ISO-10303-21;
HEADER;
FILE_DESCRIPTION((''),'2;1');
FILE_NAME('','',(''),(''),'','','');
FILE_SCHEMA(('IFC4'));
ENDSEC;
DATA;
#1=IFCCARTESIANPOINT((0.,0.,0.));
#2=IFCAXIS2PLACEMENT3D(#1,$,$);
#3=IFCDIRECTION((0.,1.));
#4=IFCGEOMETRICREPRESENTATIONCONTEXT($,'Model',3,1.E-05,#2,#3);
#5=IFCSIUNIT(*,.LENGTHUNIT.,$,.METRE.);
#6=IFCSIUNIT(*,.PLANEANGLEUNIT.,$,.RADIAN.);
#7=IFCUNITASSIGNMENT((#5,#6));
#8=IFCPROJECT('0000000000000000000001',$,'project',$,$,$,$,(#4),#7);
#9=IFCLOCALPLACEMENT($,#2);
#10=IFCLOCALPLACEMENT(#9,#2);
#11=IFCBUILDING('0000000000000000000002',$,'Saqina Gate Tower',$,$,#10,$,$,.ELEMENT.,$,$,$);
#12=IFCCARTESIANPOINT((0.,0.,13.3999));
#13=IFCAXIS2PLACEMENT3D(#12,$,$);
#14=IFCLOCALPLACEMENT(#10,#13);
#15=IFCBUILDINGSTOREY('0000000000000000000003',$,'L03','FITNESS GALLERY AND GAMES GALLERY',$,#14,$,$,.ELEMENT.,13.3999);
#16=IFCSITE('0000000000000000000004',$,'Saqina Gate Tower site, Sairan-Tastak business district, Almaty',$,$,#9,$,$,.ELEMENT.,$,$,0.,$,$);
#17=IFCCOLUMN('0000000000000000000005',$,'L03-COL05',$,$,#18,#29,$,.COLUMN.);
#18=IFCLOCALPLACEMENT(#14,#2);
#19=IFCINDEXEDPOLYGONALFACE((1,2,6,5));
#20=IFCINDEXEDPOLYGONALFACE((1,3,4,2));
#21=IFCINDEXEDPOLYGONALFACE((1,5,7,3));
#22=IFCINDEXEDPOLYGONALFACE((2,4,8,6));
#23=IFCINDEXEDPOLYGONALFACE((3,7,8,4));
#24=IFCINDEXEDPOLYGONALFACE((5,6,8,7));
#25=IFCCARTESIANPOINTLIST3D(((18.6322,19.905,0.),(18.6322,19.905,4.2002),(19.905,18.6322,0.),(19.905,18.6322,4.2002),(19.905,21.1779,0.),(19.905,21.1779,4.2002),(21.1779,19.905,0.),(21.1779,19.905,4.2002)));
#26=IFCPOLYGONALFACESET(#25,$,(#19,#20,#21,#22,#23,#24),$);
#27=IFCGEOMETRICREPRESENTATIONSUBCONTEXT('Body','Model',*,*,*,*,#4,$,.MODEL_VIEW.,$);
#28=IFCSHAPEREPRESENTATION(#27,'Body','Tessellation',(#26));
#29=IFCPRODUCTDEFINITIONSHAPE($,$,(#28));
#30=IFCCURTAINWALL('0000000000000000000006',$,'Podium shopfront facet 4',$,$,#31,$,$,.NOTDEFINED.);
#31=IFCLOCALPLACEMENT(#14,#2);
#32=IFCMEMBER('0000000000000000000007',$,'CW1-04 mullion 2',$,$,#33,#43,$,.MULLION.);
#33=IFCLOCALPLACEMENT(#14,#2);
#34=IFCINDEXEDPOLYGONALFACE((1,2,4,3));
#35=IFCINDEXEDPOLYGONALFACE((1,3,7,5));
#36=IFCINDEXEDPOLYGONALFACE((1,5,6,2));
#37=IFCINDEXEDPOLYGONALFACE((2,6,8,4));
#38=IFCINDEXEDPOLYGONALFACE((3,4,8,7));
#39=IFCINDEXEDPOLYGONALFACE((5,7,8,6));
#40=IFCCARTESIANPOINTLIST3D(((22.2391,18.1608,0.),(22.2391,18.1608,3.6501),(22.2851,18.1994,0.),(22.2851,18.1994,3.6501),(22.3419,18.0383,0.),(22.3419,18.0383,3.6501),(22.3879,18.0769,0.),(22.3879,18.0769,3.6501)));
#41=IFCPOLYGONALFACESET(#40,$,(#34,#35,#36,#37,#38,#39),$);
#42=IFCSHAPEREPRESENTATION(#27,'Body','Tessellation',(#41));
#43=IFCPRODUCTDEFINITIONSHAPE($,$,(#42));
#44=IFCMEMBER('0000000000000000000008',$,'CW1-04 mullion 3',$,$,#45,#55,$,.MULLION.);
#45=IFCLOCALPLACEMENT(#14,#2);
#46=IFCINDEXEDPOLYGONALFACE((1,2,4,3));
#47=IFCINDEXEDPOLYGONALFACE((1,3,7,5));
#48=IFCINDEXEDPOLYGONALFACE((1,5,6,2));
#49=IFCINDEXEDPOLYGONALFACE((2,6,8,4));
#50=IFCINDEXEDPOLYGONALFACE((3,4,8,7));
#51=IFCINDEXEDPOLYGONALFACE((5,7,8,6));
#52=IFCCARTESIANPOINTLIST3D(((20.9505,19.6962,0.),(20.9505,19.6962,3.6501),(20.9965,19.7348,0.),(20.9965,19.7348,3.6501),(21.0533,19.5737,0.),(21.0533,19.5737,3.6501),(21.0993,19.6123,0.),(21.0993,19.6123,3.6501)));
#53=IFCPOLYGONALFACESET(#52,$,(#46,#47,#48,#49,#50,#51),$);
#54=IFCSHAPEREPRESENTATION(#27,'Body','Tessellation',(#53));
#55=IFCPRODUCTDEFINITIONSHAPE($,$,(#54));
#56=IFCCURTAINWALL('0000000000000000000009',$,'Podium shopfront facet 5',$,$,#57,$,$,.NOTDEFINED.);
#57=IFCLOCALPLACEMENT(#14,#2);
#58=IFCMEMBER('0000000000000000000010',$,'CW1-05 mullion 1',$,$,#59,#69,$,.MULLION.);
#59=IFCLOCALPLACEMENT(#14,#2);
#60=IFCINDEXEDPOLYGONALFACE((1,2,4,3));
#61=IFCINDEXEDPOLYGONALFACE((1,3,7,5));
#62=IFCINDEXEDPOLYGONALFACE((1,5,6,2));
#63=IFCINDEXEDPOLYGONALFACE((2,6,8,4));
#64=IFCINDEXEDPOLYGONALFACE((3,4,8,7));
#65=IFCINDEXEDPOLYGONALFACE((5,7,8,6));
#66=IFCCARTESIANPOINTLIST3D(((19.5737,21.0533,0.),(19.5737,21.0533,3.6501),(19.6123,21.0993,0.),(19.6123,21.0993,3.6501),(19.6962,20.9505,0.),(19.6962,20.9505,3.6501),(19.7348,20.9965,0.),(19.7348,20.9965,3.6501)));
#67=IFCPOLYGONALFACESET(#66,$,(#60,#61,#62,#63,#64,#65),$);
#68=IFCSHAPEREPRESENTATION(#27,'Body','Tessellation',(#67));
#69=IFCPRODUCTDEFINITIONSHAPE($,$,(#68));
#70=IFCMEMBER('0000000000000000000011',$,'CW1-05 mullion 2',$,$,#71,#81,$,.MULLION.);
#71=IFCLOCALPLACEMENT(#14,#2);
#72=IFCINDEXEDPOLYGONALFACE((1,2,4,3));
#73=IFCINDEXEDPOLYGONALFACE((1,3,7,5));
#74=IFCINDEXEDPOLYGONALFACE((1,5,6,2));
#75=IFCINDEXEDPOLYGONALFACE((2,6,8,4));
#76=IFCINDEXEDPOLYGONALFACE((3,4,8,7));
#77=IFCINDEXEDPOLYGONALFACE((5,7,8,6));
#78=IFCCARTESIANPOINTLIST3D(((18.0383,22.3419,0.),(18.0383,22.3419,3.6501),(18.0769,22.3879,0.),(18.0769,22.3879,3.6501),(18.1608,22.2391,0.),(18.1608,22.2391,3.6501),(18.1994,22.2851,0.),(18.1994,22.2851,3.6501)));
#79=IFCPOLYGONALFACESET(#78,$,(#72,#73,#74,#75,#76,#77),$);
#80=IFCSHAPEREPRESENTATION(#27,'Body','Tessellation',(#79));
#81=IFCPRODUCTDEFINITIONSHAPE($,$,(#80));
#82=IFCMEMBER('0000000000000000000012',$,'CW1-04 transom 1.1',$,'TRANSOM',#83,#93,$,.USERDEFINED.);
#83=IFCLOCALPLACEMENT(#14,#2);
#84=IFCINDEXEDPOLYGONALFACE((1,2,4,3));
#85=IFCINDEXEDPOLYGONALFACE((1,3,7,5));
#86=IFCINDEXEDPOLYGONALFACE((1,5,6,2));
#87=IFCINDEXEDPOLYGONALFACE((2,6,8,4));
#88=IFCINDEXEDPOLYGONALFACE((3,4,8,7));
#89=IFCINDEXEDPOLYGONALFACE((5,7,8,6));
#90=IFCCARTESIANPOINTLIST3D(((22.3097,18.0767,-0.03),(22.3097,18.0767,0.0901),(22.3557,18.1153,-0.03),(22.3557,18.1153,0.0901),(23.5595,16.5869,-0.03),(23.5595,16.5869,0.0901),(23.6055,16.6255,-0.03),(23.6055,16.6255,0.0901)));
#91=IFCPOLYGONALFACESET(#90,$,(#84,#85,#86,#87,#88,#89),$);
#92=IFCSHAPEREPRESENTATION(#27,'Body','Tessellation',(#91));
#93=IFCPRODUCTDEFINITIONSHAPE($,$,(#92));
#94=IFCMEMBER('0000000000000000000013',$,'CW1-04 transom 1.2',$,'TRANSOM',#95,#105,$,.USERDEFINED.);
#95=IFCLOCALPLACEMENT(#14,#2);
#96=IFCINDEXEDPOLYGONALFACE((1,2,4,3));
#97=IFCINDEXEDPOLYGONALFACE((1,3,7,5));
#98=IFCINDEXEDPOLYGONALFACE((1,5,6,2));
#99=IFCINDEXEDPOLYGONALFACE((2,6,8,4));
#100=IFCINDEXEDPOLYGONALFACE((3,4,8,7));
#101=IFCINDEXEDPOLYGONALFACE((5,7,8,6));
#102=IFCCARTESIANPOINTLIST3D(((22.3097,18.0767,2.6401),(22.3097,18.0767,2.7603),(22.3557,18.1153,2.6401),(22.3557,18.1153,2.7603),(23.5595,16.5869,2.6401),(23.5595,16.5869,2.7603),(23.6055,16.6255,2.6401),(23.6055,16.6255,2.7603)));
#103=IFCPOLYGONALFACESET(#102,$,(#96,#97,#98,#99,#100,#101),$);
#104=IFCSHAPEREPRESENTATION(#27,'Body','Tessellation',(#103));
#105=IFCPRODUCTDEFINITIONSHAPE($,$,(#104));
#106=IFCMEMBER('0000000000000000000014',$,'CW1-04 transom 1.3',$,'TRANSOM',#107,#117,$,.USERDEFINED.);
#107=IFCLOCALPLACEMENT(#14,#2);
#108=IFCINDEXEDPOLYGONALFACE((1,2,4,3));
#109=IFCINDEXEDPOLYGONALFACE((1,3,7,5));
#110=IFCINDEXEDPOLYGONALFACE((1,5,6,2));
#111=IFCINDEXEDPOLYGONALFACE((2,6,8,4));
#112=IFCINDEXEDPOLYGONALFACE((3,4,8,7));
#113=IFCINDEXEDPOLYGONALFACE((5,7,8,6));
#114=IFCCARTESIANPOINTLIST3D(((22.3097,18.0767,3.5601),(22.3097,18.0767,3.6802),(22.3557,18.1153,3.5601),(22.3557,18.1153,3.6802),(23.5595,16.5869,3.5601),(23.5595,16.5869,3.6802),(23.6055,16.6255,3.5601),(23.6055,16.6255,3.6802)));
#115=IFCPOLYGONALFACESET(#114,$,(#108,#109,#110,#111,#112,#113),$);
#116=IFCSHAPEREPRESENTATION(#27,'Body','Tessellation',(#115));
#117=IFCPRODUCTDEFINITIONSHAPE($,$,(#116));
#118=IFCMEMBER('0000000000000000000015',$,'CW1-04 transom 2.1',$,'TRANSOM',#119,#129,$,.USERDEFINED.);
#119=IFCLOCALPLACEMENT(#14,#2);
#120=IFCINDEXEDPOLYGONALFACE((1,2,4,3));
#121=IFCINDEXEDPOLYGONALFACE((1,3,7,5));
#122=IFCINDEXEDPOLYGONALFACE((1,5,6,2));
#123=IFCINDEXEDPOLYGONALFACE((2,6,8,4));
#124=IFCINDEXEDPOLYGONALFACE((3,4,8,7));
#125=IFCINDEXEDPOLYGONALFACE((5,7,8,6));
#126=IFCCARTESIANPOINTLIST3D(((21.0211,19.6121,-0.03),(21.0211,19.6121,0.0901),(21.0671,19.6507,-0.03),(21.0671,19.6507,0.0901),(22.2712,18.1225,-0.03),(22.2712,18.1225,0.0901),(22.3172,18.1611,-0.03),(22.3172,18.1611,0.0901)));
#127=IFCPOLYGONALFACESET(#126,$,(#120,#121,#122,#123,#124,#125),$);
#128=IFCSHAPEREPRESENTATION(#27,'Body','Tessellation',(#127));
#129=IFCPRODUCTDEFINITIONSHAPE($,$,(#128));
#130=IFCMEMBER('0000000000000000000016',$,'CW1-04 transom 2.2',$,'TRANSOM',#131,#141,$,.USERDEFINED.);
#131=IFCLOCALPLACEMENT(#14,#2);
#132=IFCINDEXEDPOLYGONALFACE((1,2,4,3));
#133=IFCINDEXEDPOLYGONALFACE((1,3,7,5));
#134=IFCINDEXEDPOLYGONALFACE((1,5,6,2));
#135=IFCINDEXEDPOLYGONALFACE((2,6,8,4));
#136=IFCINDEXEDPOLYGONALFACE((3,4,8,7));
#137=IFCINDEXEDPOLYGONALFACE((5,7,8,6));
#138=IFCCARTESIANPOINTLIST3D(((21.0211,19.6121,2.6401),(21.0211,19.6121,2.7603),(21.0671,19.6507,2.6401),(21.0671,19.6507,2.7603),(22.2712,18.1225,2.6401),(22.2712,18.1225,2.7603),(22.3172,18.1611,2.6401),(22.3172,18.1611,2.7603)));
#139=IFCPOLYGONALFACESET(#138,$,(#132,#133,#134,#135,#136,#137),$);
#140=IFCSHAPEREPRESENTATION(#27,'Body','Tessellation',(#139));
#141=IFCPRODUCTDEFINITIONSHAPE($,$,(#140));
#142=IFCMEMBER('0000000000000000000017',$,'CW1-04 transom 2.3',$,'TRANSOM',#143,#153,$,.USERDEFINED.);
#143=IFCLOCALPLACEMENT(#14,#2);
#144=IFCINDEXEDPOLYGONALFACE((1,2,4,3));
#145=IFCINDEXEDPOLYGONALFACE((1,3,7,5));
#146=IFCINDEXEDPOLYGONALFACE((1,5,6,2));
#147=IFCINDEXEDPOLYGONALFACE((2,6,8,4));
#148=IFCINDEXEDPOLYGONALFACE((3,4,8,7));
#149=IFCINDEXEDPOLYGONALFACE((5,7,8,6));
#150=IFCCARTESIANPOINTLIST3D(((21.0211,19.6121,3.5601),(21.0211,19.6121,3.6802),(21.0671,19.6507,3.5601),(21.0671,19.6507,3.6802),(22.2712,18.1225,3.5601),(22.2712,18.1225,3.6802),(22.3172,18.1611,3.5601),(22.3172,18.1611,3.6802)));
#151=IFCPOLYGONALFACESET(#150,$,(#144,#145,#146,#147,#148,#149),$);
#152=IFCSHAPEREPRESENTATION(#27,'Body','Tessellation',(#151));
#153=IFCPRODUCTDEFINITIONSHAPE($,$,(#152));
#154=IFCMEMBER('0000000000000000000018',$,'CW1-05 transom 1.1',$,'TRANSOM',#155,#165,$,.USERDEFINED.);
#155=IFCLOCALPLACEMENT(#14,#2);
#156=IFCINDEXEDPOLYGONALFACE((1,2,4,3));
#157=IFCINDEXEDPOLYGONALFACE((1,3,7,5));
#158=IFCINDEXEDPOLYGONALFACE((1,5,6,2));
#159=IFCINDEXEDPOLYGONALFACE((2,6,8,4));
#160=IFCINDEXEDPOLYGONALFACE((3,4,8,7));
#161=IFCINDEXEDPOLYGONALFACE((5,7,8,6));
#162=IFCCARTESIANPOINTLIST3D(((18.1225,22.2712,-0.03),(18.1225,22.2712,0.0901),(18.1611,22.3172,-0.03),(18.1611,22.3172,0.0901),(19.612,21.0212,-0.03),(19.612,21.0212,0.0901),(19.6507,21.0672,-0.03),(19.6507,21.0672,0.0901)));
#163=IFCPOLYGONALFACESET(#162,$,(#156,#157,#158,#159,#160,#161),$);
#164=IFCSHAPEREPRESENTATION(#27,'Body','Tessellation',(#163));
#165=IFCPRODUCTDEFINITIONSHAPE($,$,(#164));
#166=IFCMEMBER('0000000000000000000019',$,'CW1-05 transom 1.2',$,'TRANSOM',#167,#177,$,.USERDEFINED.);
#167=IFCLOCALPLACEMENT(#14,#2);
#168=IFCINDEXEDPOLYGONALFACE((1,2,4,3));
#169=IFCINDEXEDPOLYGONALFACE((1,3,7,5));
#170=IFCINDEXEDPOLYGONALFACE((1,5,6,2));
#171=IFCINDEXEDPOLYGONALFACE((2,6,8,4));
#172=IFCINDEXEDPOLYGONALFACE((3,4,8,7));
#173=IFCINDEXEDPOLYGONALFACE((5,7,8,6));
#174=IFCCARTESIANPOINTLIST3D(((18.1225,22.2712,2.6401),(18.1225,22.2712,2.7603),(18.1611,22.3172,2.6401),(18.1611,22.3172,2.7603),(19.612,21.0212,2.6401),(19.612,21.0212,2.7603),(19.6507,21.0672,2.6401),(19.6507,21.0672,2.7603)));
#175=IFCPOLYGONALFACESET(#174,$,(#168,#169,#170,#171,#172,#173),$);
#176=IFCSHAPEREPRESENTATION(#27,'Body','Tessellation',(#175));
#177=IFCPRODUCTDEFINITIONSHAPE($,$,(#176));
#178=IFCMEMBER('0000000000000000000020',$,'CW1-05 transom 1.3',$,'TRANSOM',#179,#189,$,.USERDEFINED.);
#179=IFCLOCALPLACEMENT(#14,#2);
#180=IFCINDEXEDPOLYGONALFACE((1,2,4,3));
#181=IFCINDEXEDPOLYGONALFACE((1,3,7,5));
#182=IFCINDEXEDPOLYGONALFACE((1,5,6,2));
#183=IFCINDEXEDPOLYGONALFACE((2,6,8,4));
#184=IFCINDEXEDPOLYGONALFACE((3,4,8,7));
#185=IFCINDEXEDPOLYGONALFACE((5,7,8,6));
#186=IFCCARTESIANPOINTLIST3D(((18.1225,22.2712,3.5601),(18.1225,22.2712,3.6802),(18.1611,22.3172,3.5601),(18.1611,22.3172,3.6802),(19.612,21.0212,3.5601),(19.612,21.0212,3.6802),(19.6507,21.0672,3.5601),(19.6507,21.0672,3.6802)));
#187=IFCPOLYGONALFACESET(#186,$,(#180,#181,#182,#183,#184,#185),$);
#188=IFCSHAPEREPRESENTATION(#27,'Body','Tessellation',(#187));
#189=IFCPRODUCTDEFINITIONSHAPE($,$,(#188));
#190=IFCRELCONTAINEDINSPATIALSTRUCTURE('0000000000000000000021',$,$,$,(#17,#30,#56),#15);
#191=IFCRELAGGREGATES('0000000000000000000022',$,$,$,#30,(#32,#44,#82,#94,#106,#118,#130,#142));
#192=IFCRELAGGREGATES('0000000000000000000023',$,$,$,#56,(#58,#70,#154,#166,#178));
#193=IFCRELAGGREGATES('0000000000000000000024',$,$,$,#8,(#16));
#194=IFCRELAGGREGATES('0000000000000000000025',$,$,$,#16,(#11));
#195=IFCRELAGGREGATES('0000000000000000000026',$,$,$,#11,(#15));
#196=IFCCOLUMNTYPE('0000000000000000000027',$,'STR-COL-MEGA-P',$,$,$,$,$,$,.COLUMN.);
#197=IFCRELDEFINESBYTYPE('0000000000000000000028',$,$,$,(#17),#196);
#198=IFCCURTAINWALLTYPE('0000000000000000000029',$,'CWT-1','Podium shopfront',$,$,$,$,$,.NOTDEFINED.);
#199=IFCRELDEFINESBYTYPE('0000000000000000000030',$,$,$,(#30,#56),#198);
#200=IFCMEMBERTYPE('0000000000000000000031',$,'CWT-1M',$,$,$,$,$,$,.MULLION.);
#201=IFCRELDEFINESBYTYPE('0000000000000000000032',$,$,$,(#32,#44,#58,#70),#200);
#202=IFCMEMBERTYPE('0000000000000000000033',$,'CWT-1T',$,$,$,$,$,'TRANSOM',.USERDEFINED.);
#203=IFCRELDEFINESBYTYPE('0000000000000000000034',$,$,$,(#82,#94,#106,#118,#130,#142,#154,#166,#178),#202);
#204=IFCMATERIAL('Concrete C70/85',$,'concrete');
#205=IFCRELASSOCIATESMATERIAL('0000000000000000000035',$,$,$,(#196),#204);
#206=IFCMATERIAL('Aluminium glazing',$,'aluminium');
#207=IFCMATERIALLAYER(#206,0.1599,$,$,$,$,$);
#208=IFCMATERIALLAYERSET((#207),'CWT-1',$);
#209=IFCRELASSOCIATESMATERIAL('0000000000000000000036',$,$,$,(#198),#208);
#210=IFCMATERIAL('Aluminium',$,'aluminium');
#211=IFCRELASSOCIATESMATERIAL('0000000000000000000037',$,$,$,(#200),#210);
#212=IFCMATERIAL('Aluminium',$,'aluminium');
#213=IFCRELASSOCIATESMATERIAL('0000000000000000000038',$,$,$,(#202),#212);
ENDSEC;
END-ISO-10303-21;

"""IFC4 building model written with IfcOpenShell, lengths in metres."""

from ifc_helpers import new_model, si_unit, direction, frame, origin, origin_2d, place, context, subcontext, project, spatial, rectangle, extrude, material, layer, layer_set, material_profile, profile_set, type_object, element, aggregate, save


model = new_model("IFC4")

# Units and contexts
model_context = context("Model", 3, precision=1e-05, world=origin(), true_north=direction((0.0, 1.0)))
body_context = subcontext(model_context, "Body", "Model", "MODEL_VIEW")
ifc_project = project(units=[si_unit("LENGTHUNIT", "METRE"), si_unit("PLANEANGLEUNIT", "RADIAN")], contexts=[model_context])

# Site, building, storey
site_placement = place(None, origin())
site = spatial("IfcSite", under=ifc_project, at=site_placement, Name="Saqina Gate Tower site, Sairan-Tastak business district, Almaty", CompositionType="ELEMENT", RefElevation=0.0)
building_placement = place(site_placement, origin())
building = spatial("IfcBuilding", under=site, at=building_placement, Name="Saqina Gate Tower", CompositionType="ELEMENT")
storey_placement = place(building_placement, frame((0.0, 0.0, 13.3999)))
storey = spatial("IfcBuildingStorey", under=building, at=storey_placement, Name="L03", Description="FITNESS GALLERY AND GAMES GALLERY", CompositionType="ELEMENT", Elevation=13.3999)

# Column
ifc_material_1 = material(Name="Concrete C70/85", Category="concrete")
ifc_material_profile_1 = material_profile(ifc_material_1, rectangle(XDim=1.8, YDim=1.8, at=origin_2d()), Name="RC 1800x1800")
ifc_profile_set_1 = profile_set([ifc_material_profile_1], Name="Concrete C70/85")
column_type = type_object("IfcColumnType", Name="STR-COL-MEGA-P", PredefinedType="COLUMN", material=ifc_profile_set_1)
column_placement = place(storey_placement, frame((19.905, 19.905, 0.0), z_axis=(0.0, 0.0, 1.0), x_axis=(0.707107, 0.707107, 0.0)))
element("IfcColumn", 1, at=column_placement, inside=storey, type_object=column_type, Name="L03-COL05", PredefinedType="COLUMN", context=body_context, shape_type="SweptSolid", body=[
    extrude(rectangle(XDim=1.8, YDim=1.8, at=origin_2d()), origin(), (0.0, 0.0, 1.0), 4.2002),
])

# Curtain walls, members
ifc_material_2 = material(Name="Aluminium glazing", Category="aluminium")
ifc_layer_1 = layer(ifc_material_2, 0.1599)
ifc_layer_set_1 = layer_set([ifc_layer_1], Name="CWT-1")
curtain_wall_type = type_object("IfcCurtainWallType", Name="CWT-1", Description="Podium shopfront", PredefinedType="NOTDEFINED", material=ifc_layer_set_1)
curtain_wall_1_placement = place(storey_placement, origin())
curtain_wall_1 = element("IfcCurtainWall", 2, at=curtain_wall_1_placement, inside=storey, type_object=curtain_wall_type, Name="Podium shopfront facet 4", PredefinedType="NOTDEFINED")
ifc_material_3 = material(Name="Aluminium", Category="aluminium")
ifc_material_profile_2 = material_profile(ifc_material_3, rectangle(XDim=0.0601, YDim=0.1599, at=origin_2d()), Name="Aluminium 60x160")
ifc_profile_set_2 = profile_set([ifc_material_profile_2], Name="Aluminium")
member_type_1 = type_object("IfcMemberType", Name="CWT-1M", PredefinedType="MULLION", material=ifc_profile_set_2)
member_1_placement = place(storey_placement, frame((22.3135, 18.1189, 0.0), z_axis=(0.0, 0.0, 1.0), x_axis=(-0.766051, -0.642779, 0.0)))
member_1 = element("IfcMember", 3, at=member_1_placement, type_object=member_type_1, Name="CW1-04 mullion 2", PredefinedType="MULLION", context=body_context, shape_type="SweptSolid", body=[
    extrude(rectangle(XDim=0.0601, YDim=0.1599, at=origin_2d()), origin(), (0.0, 0.0, 1.0), 3.6501),
])
member_2_placement = place(storey_placement, frame((21.0249, 19.6543, 0.0), z_axis=(0.0, 0.0, 1.0), x_axis=(-0.766051, -0.642779, 0.0)))
member_2 = element("IfcMember", 4, at=member_2_placement, type_object=member_type_1, Name="CW1-04 mullion 3", PredefinedType="MULLION", context=body_context, shape_type="SweptSolid", body=[
    extrude(rectangle(XDim=0.0601, YDim=0.1599, at=origin_2d()), origin(), (0.0, 0.0, 1.0), 3.6501),
])
curtain_wall_2_placement = place(storey_placement, origin())
curtain_wall_2 = element("IfcCurtainWall", 5, at=curtain_wall_2_placement, inside=storey, type_object=curtain_wall_type, Name="Podium shopfront facet 5", PredefinedType="NOTDEFINED")
member_3_placement = place(storey_placement, frame((19.6543, 21.0249, 0.0), z_axis=(0.0, 0.0, 1.0), x_axis=(-0.642779, -0.766051, 0.0)))
member_3 = element("IfcMember", 6, at=member_3_placement, type_object=member_type_1, Name="CW1-05 mullion 1", PredefinedType="MULLION", context=body_context, shape_type="SweptSolid", body=[
    extrude(rectangle(XDim=0.0601, YDim=0.1599, at=origin_2d()), origin(), (0.0, 0.0, 1.0), 3.6501),
])
member_4_placement = place(storey_placement, frame((18.1189, 22.3135, 0.0), z_axis=(0.0, 0.0, 1.0), x_axis=(-0.642779, -0.766051, 0.0)))
member_4 = element("IfcMember", 7, at=member_4_placement, type_object=member_type_1, Name="CW1-05 mullion 2", PredefinedType="MULLION", context=body_context, shape_type="SweptSolid", body=[
    extrude(rectangle(XDim=0.0601, YDim=0.1599, at=origin_2d()), origin(), (0.0, 0.0, 1.0), 3.6501),
])

# Members
ifc_material_4 = material(Name="Aluminium", Category="aluminium")
ifc_material_profile_3 = material_profile(ifc_material_4, rectangle(XDim=0.0601, YDim=0.1201, at=origin_2d()), Name="Aluminium 60x120")
ifc_profile_set_3 = profile_set([ifc_material_profile_3], Name="Aluminium")
member_type_2 = type_object("IfcMemberType", Name="CWT-1T", ElementType="TRANSOM", PredefinedType="USERDEFINED", material=ifc_profile_set_3)
member_5_placement = place(storey_placement, frame((23.5825, 16.6062, 0.03), z_axis=(-0.6427, 0.766118, 0.0), x_axis=(-0.766118, -0.6427, 0.0)))
member_5 = element("IfcMember", 8, at=member_5_placement, type_object=member_type_2, Name="CW1-04 transom 1.1", ObjectType="TRANSOM", PredefinedType="USERDEFINED", context=body_context, shape_type="SweptSolid", body=[
    extrude(rectangle(XDim=0.0601, YDim=0.1201, at=origin_2d()), origin(), (0.0, 0.0, 1.0), 1.9446),
])
member_6_placement = place(storey_placement, frame((23.5825, 16.6062, 2.7002), z_axis=(-0.6427, 0.766118, 0.0), x_axis=(-0.766118, -0.6427, 0.0)))
member_6 = element("IfcMember", 9, at=member_6_placement, type_object=member_type_2, Name="CW1-04 transom 1.2", ObjectType="TRANSOM", PredefinedType="USERDEFINED", context=body_context, shape_type="SweptSolid", body=[
    extrude(rectangle(XDim=0.0601, YDim=0.1201, at=origin_2d()), origin(), (0.0, 0.0, 1.0), 1.9446),
])
member_7_placement = place(storey_placement, frame((23.5825, 16.6062, 3.6201), z_axis=(-0.6427, 0.766118, 0.0), x_axis=(-0.766118, -0.6427, 0.0)))
member_7 = element("IfcMember", 10, at=member_7_placement, type_object=member_type_2, Name="CW1-04 transom 1.3", ObjectType="TRANSOM", PredefinedType="USERDEFINED", context=body_context, shape_type="SweptSolid", body=[
    extrude(rectangle(XDim=0.0601, YDim=0.1201, at=origin_2d()), origin(), (0.0, 0.0, 1.0), 1.9446),
])
member_8_placement = place(storey_placement, frame((22.2942, 18.1418, 0.03), z_axis=(-0.642836, 0.766004, 0.0), x_axis=(-0.766004, -0.642836, 0.0)))
member_8 = element("IfcMember", 11, at=member_8_placement, type_object=member_type_2, Name="CW1-04 transom 2.1", ObjectType="TRANSOM", PredefinedType="USERDEFINED", context=body_context, shape_type="SweptSolid", body=[
    extrude(rectangle(XDim=0.0601, YDim=0.1201, at=origin_2d()), origin(), (0.0, 0.0, 1.0), 1.9446),
])
member_9_placement = place(storey_placement, frame((22.2942, 18.1418, 2.7002), z_axis=(-0.642836, 0.766004, 0.0), x_axis=(-0.766004, -0.642836, 0.0)))
member_9 = element("IfcMember", 12, at=member_9_placement, type_object=member_type_2, Name="CW1-04 transom 2.2", ObjectType="TRANSOM", PredefinedType="USERDEFINED", context=body_context, shape_type="SweptSolid", body=[
    extrude(rectangle(XDim=0.0601, YDim=0.1201, at=origin_2d()), origin(), (0.0, 0.0, 1.0), 1.9446),
])
member_10_placement = place(storey_placement, frame((22.2942, 18.1418, 3.6201), z_axis=(-0.642836, 0.766004, 0.0), x_axis=(-0.766004, -0.642836, 0.0)))
member_10 = element("IfcMember", 13, at=member_10_placement, type_object=member_type_2, Name="CW1-04 transom 2.3", ObjectType="TRANSOM", PredefinedType="USERDEFINED", context=body_context, shape_type="SweptSolid", body=[
    extrude(rectangle(XDim=0.0601, YDim=0.1201, at=origin_2d()), origin(), (0.0, 0.0, 1.0), 1.9446),
])
member_11_placement = place(storey_placement, frame((19.6313, 21.0442, 0.03), z_axis=(-0.766004, 0.642836, 0.0), x_axis=(-0.642836, -0.766004, 0.0)))
member_11 = element("IfcMember", 14, at=member_11_placement, type_object=member_type_2, Name="CW1-05 transom 1.1", ObjectType="TRANSOM", PredefinedType="USERDEFINED", context=body_context, shape_type="SweptSolid", body=[
    extrude(rectangle(XDim=0.0601, YDim=0.1201, at=origin_2d()), origin(), (0.0, 0.0, 1.0), 1.9446),
])
member_12_placement = place(storey_placement, frame((19.6313, 21.0442, 2.7002), z_axis=(-0.766004, 0.642836, 0.0), x_axis=(-0.642836, -0.766004, 0.0)))
member_12 = element("IfcMember", 15, at=member_12_placement, type_object=member_type_2, Name="CW1-05 transom 1.2", ObjectType="TRANSOM", PredefinedType="USERDEFINED", context=body_context, shape_type="SweptSolid", body=[
    extrude(rectangle(XDim=0.0601, YDim=0.1201, at=origin_2d()), origin(), (0.0, 0.0, 1.0), 1.9446),
])
member_13_placement = place(storey_placement, frame((19.6313, 21.0442, 3.6201), z_axis=(-0.766004, 0.642836, 0.0), x_axis=(-0.642836, -0.766004, 0.0)))
member_13 = element("IfcMember", 16, at=member_13_placement, type_object=member_type_2, Name="CW1-05 transom 1.3", ObjectType="TRANSOM", PredefinedType="USERDEFINED", context=body_context, shape_type="SweptSolid", body=[
    extrude(rectangle(XDim=0.0601, YDim=0.1201, at=origin_2d()), origin(), (0.0, 0.0, 1.0), 1.9446),
])

aggregate(curtain_wall_1, [member_1, member_2, member_5, member_6, member_7, member_8, member_9, member_10])
aggregate(curtain_wall_2, [member_3, member_4, member_11, member_12, member_13])

save(model, "model.ifc")
